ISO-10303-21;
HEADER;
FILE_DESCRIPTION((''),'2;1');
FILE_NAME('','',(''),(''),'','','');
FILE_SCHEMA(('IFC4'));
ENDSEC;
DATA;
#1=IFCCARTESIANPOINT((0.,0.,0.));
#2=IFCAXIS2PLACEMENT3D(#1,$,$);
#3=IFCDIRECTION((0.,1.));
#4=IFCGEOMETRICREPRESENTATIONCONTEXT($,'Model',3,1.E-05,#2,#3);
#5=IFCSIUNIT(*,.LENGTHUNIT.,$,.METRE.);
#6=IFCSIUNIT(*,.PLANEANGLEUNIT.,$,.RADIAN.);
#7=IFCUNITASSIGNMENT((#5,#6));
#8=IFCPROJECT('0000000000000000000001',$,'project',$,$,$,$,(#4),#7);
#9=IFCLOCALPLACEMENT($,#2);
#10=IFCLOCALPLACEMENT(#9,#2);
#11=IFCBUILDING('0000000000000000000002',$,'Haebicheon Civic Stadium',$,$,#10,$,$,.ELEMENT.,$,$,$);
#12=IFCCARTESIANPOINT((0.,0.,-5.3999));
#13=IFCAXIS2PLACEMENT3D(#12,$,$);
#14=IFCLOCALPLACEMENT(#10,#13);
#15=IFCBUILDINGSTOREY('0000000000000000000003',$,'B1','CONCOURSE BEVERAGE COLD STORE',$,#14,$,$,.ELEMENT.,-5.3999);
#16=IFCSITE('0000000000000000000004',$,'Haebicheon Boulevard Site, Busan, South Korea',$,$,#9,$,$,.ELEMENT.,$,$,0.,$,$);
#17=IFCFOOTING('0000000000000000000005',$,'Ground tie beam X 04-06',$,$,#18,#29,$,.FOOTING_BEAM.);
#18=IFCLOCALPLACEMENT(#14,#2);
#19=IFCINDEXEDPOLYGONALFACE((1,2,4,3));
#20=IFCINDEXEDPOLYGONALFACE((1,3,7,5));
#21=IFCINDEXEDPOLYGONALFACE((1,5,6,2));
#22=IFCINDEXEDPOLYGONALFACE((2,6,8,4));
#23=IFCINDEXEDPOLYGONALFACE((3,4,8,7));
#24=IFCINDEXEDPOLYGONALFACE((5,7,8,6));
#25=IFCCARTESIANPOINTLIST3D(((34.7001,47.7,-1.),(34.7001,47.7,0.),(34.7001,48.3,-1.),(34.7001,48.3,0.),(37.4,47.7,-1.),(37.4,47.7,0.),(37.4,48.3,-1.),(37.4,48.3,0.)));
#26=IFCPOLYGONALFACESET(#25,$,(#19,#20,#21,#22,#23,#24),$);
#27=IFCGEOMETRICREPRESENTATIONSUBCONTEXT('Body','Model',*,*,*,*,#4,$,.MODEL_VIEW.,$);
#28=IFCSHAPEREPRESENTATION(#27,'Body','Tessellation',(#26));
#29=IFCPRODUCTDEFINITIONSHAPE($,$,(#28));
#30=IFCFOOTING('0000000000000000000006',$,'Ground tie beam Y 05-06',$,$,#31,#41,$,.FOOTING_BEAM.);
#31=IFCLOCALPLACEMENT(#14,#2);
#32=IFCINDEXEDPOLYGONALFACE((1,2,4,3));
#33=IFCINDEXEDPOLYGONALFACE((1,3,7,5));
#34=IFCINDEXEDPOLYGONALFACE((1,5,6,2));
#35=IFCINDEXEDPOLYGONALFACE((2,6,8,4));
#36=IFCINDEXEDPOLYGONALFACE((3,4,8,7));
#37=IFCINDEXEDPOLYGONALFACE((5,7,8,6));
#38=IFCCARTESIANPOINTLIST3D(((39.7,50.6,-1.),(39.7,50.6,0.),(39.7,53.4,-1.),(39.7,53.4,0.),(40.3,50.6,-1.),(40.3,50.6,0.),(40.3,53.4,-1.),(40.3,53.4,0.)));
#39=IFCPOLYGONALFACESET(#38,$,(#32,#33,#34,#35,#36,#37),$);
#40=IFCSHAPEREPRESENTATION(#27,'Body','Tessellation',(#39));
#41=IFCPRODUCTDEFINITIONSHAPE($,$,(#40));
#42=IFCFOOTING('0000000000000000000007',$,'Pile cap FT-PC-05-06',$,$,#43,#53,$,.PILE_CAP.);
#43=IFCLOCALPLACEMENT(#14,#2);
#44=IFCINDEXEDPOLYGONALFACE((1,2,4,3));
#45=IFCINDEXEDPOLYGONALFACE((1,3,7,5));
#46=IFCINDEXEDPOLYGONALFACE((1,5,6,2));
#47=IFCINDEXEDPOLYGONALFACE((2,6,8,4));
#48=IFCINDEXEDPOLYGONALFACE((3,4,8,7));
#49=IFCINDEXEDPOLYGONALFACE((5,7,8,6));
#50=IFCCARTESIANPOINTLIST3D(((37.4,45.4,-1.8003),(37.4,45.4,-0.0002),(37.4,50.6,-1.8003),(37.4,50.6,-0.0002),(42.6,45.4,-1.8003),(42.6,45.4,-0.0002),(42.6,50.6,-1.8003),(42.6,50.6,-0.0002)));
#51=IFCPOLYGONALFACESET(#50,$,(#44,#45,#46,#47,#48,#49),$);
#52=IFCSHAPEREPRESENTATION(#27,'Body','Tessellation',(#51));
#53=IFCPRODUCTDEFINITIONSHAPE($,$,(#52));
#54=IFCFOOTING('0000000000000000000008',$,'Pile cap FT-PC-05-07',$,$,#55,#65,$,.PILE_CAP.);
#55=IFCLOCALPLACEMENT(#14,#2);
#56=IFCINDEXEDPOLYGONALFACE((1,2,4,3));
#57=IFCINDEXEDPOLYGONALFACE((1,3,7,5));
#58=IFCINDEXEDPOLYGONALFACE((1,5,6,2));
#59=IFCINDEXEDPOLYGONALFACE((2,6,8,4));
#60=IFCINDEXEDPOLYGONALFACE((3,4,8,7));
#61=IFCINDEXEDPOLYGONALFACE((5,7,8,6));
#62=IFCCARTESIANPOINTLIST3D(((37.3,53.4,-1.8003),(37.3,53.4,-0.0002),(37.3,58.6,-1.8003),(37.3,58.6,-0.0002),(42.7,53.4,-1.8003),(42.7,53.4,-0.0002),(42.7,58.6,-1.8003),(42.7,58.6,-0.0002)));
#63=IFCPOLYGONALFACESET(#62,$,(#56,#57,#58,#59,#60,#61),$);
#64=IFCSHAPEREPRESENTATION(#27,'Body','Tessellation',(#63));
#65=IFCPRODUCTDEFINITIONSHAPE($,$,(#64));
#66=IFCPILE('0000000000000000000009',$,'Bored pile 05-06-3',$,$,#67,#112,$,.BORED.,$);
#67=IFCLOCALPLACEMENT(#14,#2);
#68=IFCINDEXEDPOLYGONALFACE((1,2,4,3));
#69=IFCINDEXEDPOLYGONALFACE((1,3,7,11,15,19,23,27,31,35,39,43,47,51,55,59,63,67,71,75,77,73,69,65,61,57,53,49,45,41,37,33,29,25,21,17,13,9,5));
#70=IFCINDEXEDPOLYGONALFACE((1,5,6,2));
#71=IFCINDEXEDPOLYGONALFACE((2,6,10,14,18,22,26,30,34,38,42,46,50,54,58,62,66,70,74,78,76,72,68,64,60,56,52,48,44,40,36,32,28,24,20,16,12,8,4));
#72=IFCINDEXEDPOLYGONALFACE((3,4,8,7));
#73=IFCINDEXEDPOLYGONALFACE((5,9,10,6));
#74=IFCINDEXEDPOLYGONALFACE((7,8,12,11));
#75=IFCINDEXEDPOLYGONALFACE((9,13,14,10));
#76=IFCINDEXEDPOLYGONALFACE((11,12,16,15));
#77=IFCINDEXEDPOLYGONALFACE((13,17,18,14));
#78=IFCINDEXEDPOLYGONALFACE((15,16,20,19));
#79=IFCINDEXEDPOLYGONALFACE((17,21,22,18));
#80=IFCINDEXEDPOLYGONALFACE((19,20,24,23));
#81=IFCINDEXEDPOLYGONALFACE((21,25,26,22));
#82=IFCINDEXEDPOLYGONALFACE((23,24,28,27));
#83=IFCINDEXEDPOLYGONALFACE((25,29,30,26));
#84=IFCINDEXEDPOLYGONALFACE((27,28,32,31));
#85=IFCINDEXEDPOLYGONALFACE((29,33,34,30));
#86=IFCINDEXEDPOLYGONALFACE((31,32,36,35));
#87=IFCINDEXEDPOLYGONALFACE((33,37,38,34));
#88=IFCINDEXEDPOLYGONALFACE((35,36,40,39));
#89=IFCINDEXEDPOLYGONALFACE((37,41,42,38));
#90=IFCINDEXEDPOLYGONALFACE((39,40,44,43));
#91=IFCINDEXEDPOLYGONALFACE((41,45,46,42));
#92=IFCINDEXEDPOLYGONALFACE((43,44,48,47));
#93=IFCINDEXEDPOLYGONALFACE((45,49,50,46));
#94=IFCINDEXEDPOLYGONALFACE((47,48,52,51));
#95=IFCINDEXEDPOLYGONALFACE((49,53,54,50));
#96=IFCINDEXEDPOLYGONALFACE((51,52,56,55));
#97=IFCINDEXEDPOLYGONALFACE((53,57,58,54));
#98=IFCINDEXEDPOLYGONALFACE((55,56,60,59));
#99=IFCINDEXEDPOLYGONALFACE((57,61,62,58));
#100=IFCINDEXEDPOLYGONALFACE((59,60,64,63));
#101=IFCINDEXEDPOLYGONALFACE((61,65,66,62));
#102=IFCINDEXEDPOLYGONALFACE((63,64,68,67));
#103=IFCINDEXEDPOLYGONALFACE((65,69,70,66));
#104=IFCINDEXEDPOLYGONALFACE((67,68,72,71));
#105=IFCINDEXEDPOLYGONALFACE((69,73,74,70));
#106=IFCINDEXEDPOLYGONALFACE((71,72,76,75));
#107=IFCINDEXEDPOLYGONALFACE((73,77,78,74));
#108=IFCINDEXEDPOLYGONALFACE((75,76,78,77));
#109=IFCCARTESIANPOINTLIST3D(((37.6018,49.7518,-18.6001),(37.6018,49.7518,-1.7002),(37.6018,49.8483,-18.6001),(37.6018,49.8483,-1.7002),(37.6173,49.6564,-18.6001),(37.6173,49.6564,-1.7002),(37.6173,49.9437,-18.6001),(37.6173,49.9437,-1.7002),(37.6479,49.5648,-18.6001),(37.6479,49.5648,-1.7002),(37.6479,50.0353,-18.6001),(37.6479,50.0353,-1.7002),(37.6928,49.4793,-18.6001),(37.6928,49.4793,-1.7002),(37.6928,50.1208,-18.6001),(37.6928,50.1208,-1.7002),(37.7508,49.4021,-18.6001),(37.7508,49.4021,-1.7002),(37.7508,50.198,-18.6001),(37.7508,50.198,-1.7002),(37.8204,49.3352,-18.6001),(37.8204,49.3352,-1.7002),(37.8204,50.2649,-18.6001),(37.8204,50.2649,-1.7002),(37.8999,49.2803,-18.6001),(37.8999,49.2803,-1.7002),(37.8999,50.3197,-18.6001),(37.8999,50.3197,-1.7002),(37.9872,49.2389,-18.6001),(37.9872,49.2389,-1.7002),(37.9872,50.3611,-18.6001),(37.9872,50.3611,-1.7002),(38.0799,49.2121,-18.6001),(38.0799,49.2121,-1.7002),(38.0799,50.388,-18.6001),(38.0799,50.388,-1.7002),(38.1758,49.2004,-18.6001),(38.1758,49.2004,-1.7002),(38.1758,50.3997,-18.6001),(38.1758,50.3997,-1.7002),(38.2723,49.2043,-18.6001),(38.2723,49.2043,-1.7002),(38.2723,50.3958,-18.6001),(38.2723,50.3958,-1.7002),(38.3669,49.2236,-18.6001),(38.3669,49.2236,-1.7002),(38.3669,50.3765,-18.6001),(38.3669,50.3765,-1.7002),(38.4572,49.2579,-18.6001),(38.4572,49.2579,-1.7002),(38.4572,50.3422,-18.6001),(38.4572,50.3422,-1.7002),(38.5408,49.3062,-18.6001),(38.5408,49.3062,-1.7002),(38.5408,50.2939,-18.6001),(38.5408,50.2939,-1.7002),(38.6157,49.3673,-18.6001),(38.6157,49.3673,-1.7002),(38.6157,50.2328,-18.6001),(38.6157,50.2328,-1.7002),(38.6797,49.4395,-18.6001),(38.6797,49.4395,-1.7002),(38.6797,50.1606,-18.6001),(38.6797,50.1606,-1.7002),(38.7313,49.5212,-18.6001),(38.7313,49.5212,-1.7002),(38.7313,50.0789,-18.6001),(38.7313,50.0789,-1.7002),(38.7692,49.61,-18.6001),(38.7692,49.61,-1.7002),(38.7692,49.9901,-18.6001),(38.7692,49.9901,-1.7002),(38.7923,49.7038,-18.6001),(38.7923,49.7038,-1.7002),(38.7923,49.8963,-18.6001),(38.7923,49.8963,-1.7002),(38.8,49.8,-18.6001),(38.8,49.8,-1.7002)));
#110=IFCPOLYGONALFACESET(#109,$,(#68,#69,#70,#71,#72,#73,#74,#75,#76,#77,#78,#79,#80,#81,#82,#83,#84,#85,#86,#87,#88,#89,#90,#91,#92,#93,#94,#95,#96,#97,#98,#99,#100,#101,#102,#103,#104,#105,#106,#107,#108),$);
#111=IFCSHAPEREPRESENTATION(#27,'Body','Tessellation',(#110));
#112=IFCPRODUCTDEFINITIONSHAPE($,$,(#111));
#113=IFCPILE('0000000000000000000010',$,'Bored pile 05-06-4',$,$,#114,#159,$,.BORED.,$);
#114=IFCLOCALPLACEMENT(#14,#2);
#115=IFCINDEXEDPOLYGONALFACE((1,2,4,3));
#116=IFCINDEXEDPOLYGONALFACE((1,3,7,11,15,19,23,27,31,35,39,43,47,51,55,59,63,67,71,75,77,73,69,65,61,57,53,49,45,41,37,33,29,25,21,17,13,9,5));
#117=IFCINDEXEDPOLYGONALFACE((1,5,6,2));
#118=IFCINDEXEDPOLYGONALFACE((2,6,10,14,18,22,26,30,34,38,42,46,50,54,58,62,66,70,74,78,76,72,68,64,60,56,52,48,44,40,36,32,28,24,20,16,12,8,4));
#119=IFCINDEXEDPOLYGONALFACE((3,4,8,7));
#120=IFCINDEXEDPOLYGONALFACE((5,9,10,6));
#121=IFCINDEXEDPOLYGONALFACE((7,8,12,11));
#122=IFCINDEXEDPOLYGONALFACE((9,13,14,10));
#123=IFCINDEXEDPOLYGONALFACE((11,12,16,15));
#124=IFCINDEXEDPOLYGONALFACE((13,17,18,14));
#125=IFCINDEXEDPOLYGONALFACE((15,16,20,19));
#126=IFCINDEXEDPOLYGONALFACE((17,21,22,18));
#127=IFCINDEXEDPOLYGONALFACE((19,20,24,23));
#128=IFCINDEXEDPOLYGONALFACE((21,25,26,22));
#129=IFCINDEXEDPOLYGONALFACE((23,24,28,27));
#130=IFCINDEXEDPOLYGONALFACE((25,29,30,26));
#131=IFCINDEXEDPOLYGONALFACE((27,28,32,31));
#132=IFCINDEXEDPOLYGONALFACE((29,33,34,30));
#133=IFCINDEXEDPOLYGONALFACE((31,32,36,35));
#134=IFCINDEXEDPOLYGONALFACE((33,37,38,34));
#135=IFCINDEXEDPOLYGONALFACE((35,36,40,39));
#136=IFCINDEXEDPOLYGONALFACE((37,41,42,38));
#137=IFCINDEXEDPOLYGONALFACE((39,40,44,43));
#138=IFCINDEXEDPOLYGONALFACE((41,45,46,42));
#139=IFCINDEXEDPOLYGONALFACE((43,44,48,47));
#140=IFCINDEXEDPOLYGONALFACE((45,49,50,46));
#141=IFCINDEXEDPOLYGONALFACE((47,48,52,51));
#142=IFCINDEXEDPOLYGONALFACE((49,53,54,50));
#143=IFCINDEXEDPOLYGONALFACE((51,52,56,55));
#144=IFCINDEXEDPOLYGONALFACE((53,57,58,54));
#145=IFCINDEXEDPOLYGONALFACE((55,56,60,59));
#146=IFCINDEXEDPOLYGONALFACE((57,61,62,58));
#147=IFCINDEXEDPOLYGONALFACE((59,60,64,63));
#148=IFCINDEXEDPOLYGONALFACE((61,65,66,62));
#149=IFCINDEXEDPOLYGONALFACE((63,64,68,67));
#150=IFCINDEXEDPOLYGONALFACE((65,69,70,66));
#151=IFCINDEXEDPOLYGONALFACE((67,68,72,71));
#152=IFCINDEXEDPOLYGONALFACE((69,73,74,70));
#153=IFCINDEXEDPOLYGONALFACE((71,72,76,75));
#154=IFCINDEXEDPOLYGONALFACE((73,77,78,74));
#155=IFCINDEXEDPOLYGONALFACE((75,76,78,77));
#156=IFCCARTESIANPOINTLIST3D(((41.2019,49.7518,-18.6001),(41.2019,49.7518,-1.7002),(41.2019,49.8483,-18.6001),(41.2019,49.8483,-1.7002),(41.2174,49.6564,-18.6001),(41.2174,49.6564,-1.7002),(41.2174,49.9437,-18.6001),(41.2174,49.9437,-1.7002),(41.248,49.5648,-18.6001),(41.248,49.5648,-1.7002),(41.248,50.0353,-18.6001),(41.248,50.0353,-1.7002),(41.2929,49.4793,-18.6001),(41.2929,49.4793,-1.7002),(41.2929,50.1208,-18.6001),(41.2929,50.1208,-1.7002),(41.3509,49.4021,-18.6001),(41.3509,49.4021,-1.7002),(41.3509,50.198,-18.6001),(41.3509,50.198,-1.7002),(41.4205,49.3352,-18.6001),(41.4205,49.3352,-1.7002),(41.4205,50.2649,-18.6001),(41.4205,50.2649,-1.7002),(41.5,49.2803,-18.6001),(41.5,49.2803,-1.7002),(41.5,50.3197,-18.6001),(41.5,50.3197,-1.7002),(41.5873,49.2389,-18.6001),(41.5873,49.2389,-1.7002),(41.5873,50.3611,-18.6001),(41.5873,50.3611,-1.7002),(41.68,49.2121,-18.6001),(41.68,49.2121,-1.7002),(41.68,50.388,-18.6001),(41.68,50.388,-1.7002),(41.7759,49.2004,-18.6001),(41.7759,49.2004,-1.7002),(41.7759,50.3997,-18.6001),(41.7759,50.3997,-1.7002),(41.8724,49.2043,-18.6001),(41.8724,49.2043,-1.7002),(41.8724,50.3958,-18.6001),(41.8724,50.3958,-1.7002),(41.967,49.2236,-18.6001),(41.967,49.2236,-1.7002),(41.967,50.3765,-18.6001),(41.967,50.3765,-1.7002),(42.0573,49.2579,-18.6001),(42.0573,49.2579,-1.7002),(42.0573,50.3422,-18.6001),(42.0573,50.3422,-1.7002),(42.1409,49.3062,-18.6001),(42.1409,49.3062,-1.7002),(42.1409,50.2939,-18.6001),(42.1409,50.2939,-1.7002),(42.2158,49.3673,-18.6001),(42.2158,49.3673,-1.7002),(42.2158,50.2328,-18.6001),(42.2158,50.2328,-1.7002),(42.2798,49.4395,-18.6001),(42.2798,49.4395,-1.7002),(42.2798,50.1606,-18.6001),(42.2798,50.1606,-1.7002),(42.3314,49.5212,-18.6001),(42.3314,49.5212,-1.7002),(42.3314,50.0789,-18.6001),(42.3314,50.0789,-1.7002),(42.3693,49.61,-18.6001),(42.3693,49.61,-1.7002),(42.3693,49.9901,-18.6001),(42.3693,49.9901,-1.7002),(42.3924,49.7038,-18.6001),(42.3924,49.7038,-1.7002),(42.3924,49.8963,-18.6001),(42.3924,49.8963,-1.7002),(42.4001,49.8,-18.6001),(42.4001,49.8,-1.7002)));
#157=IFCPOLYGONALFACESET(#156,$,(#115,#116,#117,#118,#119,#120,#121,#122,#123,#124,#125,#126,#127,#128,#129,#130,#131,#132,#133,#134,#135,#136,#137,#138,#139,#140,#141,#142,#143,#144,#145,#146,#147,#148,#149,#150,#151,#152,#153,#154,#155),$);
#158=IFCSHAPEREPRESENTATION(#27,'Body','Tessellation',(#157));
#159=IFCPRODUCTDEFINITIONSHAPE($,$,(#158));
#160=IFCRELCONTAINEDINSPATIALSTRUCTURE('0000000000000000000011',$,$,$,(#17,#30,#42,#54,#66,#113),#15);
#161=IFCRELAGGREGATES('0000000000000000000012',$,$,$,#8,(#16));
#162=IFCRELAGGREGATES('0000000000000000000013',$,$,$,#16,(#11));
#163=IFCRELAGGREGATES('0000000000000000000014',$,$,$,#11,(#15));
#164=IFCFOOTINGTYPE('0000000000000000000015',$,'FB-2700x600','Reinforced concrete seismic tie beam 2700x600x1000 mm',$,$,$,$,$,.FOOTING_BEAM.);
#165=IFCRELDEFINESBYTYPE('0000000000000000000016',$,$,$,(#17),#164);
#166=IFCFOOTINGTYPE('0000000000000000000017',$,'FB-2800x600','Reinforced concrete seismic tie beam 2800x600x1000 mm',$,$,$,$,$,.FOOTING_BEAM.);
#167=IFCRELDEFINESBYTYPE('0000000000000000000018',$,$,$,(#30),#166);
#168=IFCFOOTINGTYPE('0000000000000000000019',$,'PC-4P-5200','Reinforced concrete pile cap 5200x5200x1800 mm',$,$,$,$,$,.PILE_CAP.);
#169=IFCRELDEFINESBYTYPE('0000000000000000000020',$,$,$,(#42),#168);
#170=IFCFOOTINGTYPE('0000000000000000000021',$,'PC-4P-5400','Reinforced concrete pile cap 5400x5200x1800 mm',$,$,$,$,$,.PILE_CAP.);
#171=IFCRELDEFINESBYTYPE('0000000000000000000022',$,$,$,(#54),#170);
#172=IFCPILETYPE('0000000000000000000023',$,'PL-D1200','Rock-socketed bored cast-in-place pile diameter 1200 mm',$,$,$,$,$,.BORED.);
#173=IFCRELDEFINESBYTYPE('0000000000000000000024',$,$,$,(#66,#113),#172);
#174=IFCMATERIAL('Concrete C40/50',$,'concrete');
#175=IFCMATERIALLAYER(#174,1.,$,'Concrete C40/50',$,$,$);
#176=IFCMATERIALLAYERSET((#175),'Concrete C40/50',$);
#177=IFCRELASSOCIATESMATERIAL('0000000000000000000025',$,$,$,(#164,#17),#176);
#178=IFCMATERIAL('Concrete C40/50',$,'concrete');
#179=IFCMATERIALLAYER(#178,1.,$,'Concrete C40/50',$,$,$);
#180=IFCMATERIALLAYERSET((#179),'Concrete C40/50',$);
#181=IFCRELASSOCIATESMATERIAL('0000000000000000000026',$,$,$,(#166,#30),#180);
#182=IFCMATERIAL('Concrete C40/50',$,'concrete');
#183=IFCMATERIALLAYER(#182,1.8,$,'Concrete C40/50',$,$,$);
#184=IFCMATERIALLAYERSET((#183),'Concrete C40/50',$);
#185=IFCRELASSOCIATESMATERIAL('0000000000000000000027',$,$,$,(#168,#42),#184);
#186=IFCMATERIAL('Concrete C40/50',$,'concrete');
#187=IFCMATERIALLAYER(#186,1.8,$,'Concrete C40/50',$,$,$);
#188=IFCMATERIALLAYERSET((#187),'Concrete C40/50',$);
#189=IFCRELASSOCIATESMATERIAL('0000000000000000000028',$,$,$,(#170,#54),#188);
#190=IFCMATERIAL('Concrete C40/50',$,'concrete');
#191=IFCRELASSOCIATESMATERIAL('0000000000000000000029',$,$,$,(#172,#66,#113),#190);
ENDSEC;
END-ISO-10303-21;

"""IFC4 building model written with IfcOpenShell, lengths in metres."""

from ifc_helpers import new_model, si_unit, direction, frame, origin, origin_2d, place, context, subcontext, project, spatial, rectangle, circle, extrude, material, layer, layer_set, material_profile, profile_set, type_object, element, save


model = new_model("IFC4")

# Units and contexts
model_context = context("Model", 3, precision=1e-05, world=origin(), true_north=direction((0.0, 1.0)))
body_context = subcontext(model_context, "Body", "Model", "MODEL_VIEW")
ifc_project = project(units=[si_unit("LENGTHUNIT", "METRE"), si_unit("PLANEANGLEUNIT", "RADIAN")], contexts=[model_context])

# Site, building, storey
site_placement = place(None, origin())
site = spatial("IfcSite", under=ifc_project, at=site_placement, Name="Haebicheon Boulevard Site, Busan, South Korea", CompositionType="ELEMENT", RefElevation=0.0)
building_placement = place(site_placement, origin())
building = spatial("IfcBuilding", under=site, at=building_placement, Name="Haebicheon Civic Stadium", CompositionType="ELEMENT")
storey_placement = place(building_placement, frame((0.0, 0.0, -5.3999)))
storey = spatial("IfcBuildingStorey", under=building, at=storey_placement, Name="B1", Description="CONCOURSE BEVERAGE COLD STORE", CompositionType="ELEMENT", Elevation=-5.3999)

# Footings
ifc_material_1 = material(Name="Concrete C40/50", Category="concrete")
ifc_layer_1 = layer(ifc_material_1, 1.0, Name="Concrete C40/50")
ifc_layer_set_1 = layer_set([ifc_layer_1], Name="Concrete C40/50")
footing_type_1 = type_object("IfcFootingType", Name="FB-2700x600", Description="Reinforced concrete seismic tie beam 2700x600x1000 mm", PredefinedType="FOOTING_BEAM", material=ifc_layer_set_1)
footing_1_placement = place(storey_placement, frame((36.05, 48.0, -1.0), z_axis=(0.0, 0.0, 1.0), x_axis=(1.0, 0.0, 0.0)))
element("IfcFooting", 1, at=footing_1_placement, inside=storey, type_object=footing_type_1, material=ifc_layer_set_1, Name="Ground tie beam X 04-06", PredefinedType="FOOTING_BEAM", context=body_context, shape_type="SweptSolid", body=[
    extrude(rectangle(XDim=2.7, YDim=0.6001, at=origin_2d()), origin(), (0.0, 0.0, 1.0), 1.0),
])
ifc_material_2 = material(Name="Concrete C40/50", Category="concrete")
ifc_layer_2 = layer(ifc_material_2, 1.0, Name="Concrete C40/50")
ifc_layer_set_2 = layer_set([ifc_layer_2], Name="Concrete C40/50")
footing_type_2 = type_object("IfcFootingType", Name="FB-2800x600", Description="Reinforced concrete seismic tie beam 2800x600x1000 mm", PredefinedType="FOOTING_BEAM", material=ifc_layer_set_2)
footing_2_placement = place(storey_placement, frame((40.0, 52.0, -1.0), z_axis=(0.0, 0.0, 1.0), x_axis=(0.0, 1.0, 0.0)))
element("IfcFooting", 2, at=footing_2_placement, inside=storey, type_object=footing_type_2, material=ifc_layer_set_2, Name="Ground tie beam Y 05-06", PredefinedType="FOOTING_BEAM", context=body_context, shape_type="SweptSolid", body=[
    extrude(rectangle(XDim=2.8, YDim=0.6001, at=origin_2d()), origin(), (0.0, 0.0, 1.0), 1.0),
])
ifc_material_3 = material(Name="Concrete C40/50", Category="concrete")
ifc_layer_3 = layer(ifc_material_3, 1.8, Name="Concrete C40/50")
ifc_layer_set_3 = layer_set([ifc_layer_3], Name="Concrete C40/50")
footing_type_3 = type_object("IfcFootingType", Name="PC-4P-5200", Description="Reinforced concrete pile cap 5200x5200x1800 mm", PredefinedType="PILE_CAP", material=ifc_layer_set_3)
footing_3_placement = place(storey_placement, frame((40.0, 48.0, -1.8003), z_axis=(0.0, 0.0, 1.0), x_axis=(1.0, 0.0, 0.0)))
element("IfcFooting", 3, at=footing_3_placement, inside=storey, type_object=footing_type_3, material=ifc_layer_set_3, Name="Pile cap FT-PC-05-06", PredefinedType="PILE_CAP", context=body_context, shape_type="SweptSolid", body=[
    extrude(rectangle(XDim=5.2, YDim=5.2, at=origin_2d()), origin(), (0.0, 0.0, 1.0), 1.8),
])
ifc_material_4 = material(Name="Concrete C40/50", Category="concrete")
ifc_layer_4 = layer(ifc_material_4, 1.8, Name="Concrete C40/50")
ifc_layer_set_4 = layer_set([ifc_layer_4], Name="Concrete C40/50")
footing_type_4 = type_object("IfcFootingType", Name="PC-4P-5400", Description="Reinforced concrete pile cap 5400x5200x1800 mm", PredefinedType="PILE_CAP", material=ifc_layer_set_4)
footing_4_placement = place(storey_placement, frame((40.0, 56.0, -1.8003), z_axis=(0.0, 0.0, 1.0), x_axis=(1.0, 0.0, 0.0)))
element("IfcFooting", 4, at=footing_4_placement, inside=storey, type_object=footing_type_4, material=ifc_layer_set_4, Name="Pile cap FT-PC-05-07", PredefinedType="PILE_CAP", context=body_context, shape_type="SweptSolid", body=[
    extrude(rectangle(XDim=5.3999, YDim=5.2, at=origin_2d()), origin(), (0.0, 0.0, 1.0), 1.8),
])

# Piles
ifc_material_5 = material(Name="Concrete C40/50", Category="concrete")
ifc_material_profile_1 = material_profile(ifc_material_5, circle(Radius=0.6001, at=origin_2d()), Name="PILE-D1200")
ifc_profile_set_1 = profile_set([ifc_material_profile_1], Name="Concrete C40/50")
pile_type = type_object("IfcPileType", Name="PL-D1200", Description="Rock-socketed bored cast-in-place pile diameter 1200 mm", PredefinedType="BORED", material=ifc_profile_set_1)
for number, where, z_axis, x_axis, name in (
    (5, (38.2, 49.8, -1.7002), (0.0, 0.0, -1.0), (1.0, 0.0, 0.0), "Bored pile 05-06-3"),
    (6, (41.8, 49.8, -1.7002), (0.0, 0.0, -1.0), (1.0, 0.0, 0.0), "Bored pile 05-06-4"),
):
    element("IfcPile", number, at=place(storey_placement, frame(where, z_axis=z_axis, x_axis=x_axis)), inside=storey, type_object=pile_type, material=ifc_profile_set_1, Name=name, PredefinedType="BORED", context=body_context, shape_type="SweptSolid", body=[
        extrude(circle(Radius=0.6001, at=origin_2d()), origin(), (0.0, 0.0, 1.0), 16.8999),
    ])

save(model, "model.ifc")
